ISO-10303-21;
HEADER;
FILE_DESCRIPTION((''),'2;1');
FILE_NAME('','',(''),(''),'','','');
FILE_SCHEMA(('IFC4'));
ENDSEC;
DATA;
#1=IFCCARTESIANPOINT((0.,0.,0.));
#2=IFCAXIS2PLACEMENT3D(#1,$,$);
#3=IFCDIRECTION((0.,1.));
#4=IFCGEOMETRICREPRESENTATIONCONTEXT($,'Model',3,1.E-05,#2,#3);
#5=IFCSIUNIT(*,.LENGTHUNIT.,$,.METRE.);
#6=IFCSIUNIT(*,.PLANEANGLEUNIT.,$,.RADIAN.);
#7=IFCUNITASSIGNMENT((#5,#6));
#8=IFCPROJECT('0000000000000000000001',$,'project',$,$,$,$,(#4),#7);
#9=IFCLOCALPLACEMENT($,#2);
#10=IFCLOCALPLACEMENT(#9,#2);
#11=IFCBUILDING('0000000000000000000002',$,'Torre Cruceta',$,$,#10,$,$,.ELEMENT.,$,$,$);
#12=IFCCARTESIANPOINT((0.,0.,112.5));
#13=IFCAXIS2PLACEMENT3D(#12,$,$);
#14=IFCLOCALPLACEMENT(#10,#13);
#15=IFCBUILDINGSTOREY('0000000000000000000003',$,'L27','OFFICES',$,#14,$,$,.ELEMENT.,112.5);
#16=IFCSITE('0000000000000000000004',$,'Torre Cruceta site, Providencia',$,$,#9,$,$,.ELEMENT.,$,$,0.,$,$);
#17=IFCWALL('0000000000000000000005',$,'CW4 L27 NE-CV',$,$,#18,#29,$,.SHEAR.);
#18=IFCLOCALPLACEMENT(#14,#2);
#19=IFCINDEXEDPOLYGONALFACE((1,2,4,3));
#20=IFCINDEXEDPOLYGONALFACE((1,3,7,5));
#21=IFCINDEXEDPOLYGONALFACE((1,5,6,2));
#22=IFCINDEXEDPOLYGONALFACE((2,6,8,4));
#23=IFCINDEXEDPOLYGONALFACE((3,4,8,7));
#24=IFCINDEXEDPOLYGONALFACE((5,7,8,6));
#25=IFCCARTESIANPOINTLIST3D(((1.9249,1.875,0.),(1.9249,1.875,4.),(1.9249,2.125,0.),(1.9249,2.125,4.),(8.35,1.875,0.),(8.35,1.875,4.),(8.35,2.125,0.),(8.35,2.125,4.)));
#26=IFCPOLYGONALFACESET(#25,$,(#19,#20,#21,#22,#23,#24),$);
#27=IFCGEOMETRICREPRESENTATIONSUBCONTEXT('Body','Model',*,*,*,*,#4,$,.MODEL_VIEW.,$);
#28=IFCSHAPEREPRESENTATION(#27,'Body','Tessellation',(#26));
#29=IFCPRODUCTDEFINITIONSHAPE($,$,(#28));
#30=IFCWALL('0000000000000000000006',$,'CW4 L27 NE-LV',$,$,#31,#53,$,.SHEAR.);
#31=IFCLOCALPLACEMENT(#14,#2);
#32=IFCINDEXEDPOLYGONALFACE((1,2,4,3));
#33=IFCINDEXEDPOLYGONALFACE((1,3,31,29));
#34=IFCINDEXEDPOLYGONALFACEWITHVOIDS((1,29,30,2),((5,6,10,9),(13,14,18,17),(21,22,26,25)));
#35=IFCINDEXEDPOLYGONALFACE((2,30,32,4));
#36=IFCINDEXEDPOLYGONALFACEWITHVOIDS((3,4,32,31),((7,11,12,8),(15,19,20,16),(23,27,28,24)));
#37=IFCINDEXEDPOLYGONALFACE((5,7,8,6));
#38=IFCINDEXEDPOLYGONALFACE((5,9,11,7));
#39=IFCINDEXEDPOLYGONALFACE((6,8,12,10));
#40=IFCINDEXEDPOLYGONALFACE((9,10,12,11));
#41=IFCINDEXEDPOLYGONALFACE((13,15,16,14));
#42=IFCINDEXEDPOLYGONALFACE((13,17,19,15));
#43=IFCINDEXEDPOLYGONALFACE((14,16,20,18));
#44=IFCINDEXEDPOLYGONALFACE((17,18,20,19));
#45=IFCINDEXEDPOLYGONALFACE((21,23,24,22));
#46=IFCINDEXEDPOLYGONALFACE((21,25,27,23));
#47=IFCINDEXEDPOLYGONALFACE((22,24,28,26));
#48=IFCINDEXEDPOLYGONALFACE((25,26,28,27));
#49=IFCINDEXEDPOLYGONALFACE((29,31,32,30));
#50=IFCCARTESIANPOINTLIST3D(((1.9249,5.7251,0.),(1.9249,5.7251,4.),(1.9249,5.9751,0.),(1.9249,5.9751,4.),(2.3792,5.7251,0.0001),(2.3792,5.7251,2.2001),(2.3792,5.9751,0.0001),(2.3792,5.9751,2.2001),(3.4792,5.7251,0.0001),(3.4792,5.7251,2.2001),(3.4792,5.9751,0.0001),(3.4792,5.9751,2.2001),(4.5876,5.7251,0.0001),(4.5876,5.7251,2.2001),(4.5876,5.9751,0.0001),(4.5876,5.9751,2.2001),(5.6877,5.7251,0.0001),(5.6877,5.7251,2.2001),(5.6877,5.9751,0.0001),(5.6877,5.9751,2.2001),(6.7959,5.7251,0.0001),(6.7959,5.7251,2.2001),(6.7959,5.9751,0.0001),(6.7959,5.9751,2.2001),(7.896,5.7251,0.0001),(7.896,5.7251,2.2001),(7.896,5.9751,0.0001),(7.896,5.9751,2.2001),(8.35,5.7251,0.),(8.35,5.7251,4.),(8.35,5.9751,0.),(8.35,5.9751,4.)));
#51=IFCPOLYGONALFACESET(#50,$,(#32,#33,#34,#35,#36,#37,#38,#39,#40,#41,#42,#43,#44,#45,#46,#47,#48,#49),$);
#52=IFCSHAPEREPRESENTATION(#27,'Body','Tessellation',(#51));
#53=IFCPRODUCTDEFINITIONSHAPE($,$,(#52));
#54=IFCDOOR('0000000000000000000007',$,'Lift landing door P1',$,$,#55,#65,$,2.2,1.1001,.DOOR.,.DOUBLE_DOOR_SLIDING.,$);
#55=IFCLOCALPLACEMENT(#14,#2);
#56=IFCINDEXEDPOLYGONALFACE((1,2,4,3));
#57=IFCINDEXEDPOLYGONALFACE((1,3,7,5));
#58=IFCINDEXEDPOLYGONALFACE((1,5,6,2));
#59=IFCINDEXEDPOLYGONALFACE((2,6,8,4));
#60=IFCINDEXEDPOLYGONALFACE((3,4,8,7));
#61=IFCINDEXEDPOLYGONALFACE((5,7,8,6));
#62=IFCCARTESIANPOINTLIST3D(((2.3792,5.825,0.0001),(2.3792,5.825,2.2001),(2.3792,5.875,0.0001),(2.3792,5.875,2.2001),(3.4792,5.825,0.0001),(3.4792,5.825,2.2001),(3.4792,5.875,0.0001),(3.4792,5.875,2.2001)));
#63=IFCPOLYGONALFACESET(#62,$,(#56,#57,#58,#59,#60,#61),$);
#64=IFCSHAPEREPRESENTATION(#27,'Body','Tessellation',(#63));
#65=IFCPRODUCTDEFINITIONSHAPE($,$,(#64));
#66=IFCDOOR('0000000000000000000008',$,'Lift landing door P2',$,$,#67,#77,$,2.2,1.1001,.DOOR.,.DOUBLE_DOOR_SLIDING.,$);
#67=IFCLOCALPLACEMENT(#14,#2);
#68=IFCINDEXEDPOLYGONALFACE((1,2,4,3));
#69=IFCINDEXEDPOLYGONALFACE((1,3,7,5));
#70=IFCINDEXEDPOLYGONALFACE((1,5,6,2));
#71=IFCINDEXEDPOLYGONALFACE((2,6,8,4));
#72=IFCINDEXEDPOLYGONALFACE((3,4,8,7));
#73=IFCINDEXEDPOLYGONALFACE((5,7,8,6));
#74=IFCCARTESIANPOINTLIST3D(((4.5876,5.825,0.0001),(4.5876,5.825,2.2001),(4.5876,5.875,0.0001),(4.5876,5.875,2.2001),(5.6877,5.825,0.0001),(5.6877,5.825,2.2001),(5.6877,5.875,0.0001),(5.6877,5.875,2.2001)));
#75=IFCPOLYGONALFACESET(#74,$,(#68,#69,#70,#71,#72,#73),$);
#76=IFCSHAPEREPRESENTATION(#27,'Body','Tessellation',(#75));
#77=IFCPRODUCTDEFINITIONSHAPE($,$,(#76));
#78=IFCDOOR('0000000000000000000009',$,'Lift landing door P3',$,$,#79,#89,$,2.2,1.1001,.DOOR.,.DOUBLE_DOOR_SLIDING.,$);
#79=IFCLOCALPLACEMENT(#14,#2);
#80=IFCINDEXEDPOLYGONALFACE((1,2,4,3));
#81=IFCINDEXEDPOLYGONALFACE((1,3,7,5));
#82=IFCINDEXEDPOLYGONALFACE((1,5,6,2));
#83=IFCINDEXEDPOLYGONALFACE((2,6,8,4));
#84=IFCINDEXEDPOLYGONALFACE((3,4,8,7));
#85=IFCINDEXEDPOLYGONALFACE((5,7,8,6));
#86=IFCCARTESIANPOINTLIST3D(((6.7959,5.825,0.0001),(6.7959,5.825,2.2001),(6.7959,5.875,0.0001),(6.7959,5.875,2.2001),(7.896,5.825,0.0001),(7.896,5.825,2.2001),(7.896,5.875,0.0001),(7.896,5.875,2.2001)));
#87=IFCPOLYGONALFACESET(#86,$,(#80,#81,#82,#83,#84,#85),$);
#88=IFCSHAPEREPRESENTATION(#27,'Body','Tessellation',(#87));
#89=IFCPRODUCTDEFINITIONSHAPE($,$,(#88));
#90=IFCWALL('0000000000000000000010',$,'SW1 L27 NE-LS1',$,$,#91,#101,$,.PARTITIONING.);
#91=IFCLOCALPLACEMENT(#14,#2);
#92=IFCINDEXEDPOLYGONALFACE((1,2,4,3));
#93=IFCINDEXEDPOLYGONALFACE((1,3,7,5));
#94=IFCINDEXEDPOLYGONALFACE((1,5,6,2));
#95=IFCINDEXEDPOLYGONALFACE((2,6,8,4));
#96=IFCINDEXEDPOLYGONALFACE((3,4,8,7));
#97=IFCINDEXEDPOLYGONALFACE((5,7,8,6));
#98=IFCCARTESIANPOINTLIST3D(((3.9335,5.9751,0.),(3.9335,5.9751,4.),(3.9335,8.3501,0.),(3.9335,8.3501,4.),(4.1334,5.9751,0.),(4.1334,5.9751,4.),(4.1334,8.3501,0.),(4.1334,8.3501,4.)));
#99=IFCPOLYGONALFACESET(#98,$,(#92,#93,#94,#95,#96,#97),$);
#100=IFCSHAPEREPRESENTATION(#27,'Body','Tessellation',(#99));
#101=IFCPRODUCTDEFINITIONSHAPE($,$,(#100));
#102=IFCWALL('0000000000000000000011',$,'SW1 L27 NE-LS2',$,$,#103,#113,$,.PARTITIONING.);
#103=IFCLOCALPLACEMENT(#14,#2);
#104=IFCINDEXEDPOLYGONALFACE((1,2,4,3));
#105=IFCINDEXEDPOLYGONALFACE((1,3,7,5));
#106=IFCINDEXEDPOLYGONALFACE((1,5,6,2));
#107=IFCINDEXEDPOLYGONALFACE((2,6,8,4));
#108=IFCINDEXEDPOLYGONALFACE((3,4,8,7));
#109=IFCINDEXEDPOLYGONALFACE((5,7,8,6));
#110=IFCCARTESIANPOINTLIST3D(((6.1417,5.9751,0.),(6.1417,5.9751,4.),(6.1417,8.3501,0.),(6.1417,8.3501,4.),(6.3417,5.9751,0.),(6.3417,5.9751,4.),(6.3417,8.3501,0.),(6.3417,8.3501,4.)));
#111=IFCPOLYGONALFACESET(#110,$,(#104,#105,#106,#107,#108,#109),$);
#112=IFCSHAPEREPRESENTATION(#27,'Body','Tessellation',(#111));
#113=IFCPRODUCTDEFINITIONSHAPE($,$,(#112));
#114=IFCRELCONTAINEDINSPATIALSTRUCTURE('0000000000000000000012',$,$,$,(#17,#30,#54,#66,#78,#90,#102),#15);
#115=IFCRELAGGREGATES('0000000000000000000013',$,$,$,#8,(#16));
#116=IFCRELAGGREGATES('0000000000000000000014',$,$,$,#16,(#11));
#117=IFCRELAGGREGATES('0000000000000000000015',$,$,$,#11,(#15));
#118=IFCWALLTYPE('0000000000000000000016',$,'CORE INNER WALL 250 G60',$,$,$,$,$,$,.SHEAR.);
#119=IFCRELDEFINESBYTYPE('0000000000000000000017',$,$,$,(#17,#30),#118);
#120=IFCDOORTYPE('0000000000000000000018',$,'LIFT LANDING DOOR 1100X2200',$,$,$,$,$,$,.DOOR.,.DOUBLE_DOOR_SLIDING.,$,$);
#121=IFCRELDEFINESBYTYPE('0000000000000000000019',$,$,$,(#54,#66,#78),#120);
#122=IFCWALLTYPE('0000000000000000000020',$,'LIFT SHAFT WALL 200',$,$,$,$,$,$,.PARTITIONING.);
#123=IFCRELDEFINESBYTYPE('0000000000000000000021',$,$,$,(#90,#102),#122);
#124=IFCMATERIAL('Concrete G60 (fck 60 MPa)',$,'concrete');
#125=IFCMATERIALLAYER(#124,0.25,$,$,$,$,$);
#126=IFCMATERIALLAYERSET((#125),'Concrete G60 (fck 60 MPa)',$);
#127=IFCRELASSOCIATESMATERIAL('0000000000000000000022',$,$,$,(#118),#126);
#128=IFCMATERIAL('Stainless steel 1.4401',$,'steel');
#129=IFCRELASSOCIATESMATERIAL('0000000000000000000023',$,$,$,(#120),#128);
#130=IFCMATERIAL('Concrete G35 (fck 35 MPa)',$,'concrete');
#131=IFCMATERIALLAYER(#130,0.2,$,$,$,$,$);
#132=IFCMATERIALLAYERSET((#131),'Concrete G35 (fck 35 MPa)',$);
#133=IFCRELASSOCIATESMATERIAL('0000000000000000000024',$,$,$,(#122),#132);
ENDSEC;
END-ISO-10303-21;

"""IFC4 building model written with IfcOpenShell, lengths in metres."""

from ifc_helpers import new_model, si_unit, direction, frame, frame_2d, origin, place, context, subcontext, project, spatial, rectangle, extrude, material, layer, layer_set, type_object, element, fill, save


model = new_model("IFC4")

# Units and contexts
model_context = context("Model", 3, precision=1e-05, world=origin(), true_north=direction((0.0, 1.0)))
body_context = subcontext(model_context, "Body", "Model", "MODEL_VIEW")
ifc_project = project(units=[si_unit("LENGTHUNIT", "METRE"), si_unit("PLANEANGLEUNIT", "RADIAN")], contexts=[model_context])

# Site, building, storey
site_placement = place(None, origin())
site = spatial("IfcSite", under=ifc_project, at=site_placement, Name="Torre Cruceta site, Providencia", CompositionType="ELEMENT", RefElevation=0.0)
building_placement = place(site_placement, origin())
building = spatial("IfcBuilding", under=site, at=building_placement, Name="Torre Cruceta", CompositionType="ELEMENT")
storey_placement = place(building_placement, frame((0.0, 0.0, 112.5)))
storey = spatial("IfcBuildingStorey", under=building, at=storey_placement, Name="L27", Description="OFFICES", CompositionType="ELEMENT", Elevation=112.5)

# Wall
ifc_material_1 = material(Name="Concrete G60 (fck 60 MPa)", Category="concrete")
ifc_layer_1 = layer(ifc_material_1, 0.25)
ifc_layer_set_1 = layer_set([ifc_layer_1], Name="Concrete G60 (fck 60 MPa)")
wall_type_1 = type_object("IfcWallType", Name="CORE INNER WALL 250 G60", PredefinedType="SHEAR", material=ifc_layer_set_1)
wall_1_placement = place(storey_placement, frame((1.925, 2.0, 0.0), z_axis=(0.0, 0.0, 1.0), x_axis=(1.0, 0.0, 0.0)))
element("IfcWall", 1, at=wall_1_placement, inside=storey, type_object=wall_type_1, Name="CW4 L27 NE-CV", PredefinedType="SHEAR", context=body_context, shape_type="SweptSolid", body=[
    extrude(rectangle(XDim=6.425, YDim=0.25, at=frame_2d((3.2124, 0.0))), origin(), (0.0, 0.0, 1.0), 4.0),
])

# Wall, openings, doors
wall_2_placement = place(storey_placement, frame((1.925, 5.8501, 0.0), z_axis=(0.0, 0.0, 1.0), x_axis=(1.0, 0.0, 0.0)))
wall_2 = element("IfcWall", 2, at=wall_2_placement, inside=storey, type_object=wall_type_1, Name="CW4 L27 NE-LV", PredefinedType="SHEAR", context=body_context, shape_type="SweptSolid", body=[
    extrude(rectangle(XDim=6.425, YDim=0.25, at=frame_2d((3.2124, 0.0))), origin(), (0.0, 0.0, 1.0), 4.0),
])
opening_1_placement = place(wall_2_placement, frame((0.4541, 0.0, 0.0)))
opening_1 = element("IfcOpeningElement", 3, at=opening_1_placement, cuts=wall_2, PredefinedType="OPENING", context=body_context, shape_type="SweptSolid", body=[
    extrude(rectangle(XDim=1.1001, YDim=2.2, at=frame_2d((0.55, 1.1001))), frame((0.0, 0.135, 0.0), z_axis=(0.0, -1.0, 0.0), x_axis=(1.0, 0.0, 0.0)), (0.0, 0.0, 1.0), 0.27),
])
opening_2_placement = place(wall_2_placement, frame((2.6626, 0.0, 0.0)))
opening_2 = element("IfcOpeningElement", 4, at=opening_2_placement, cuts=wall_2, PredefinedType="OPENING", context=body_context, shape_type="SweptSolid", body=[
    extrude(rectangle(XDim=1.1001, YDim=2.2, at=frame_2d((0.55, 1.1001))), frame((0.0, 0.135, 0.0), z_axis=(0.0, -1.0, 0.0), x_axis=(1.0, 0.0, 0.0)), (0.0, 0.0, 1.0), 0.27),
])
opening_3_placement = place(wall_2_placement, frame((4.8708, 0.0, 0.0)))
opening_3 = element("IfcOpeningElement", 5, at=opening_3_placement, cuts=wall_2, PredefinedType="OPENING", context=body_context, shape_type="SweptSolid", body=[
    extrude(rectangle(XDim=1.1001, YDim=2.2, at=frame_2d((0.55, 1.1001))), frame((0.0, 0.135, 0.0), z_axis=(0.0, -1.0, 0.0), x_axis=(1.0, 0.0, 0.0)), (0.0, 0.0, 1.0), 0.27),
])
ifc_material_2 = material(Name="Stainless steel 1.4401", Category="steel")
door_type_1 = type_object("IfcDoorType", Name="LIFT LANDING DOOR 1100X2200", OperationType="DOUBLE_DOOR_SLIDING", PredefinedType="DOOR", material=ifc_material_2)
door_1_placement = place(opening_1_placement, origin())
door_1 = element("IfcDoor", 6, at=door_1_placement, inside=storey, type_object=door_type_1, Name="Lift landing door P1", OperationType="DOUBLE_DOOR_SLIDING", OverallHeight=2.2, OverallWidth=1.1001, PredefinedType="DOOR", context=body_context, shape_type="SweptSolid", body=[
    extrude(rectangle(XDim=1.1001, YDim=2.2, at=frame_2d((0.55, 1.1001))), frame((0.0, 0.0249, 0.0), z_axis=(0.0, -1.0, 0.0), x_axis=(1.0, 0.0, 0.0)), (0.0, 0.0, 1.0), 0.05),
])
fill(opening_1, door_1)
door_2_placement = place(opening_2_placement, origin())
door_2 = element("IfcDoor", 7, at=door_2_placement, inside=storey, type_object=door_type_1, Name="Lift landing door P2", OperationType="DOUBLE_DOOR_SLIDING", OverallHeight=2.2, OverallWidth=1.1001, PredefinedType="DOOR", context=body_context, shape_type="SweptSolid", body=[
    extrude(rectangle(XDim=1.1001, YDim=2.2, at=frame_2d((0.55, 1.1001))), frame((0.0, 0.0249, 0.0), z_axis=(0.0, -1.0, 0.0), x_axis=(1.0, 0.0, 0.0)), (0.0, 0.0, 1.0), 0.05),
])
fill(opening_2, door_2)
door_3_placement = place(opening_3_placement, origin())
door_3 = element("IfcDoor", 8, at=door_3_placement, inside=storey, type_object=door_type_1, Name="Lift landing door P3", OperationType="DOUBLE_DOOR_SLIDING", OverallHeight=2.2, OverallWidth=1.1001, PredefinedType="DOOR", context=body_context, shape_type="SweptSolid", body=[
    extrude(rectangle(XDim=1.1001, YDim=2.2, at=frame_2d((0.55, 1.1001))), frame((0.0, 0.0249, 0.0), z_axis=(0.0, -1.0, 0.0), x_axis=(1.0, 0.0, 0.0)), (0.0, 0.0, 1.0), 0.05),
])
fill(opening_3, door_3)

# Walls
ifc_material_3 = material(Name="Concrete G35 (fck 35 MPa)", Category="concrete")
ifc_layer_2 = layer(ifc_material_3, 0.2)
ifc_layer_set_2 = layer_set([ifc_layer_2], Name="Concrete G35 (fck 35 MPa)")
wall_type_2 = type_object("IfcWallType", Name="LIFT SHAFT WALL 200", PredefinedType="PARTITIONING", material=ifc_layer_set_2)
for number, where, z_axis, x_axis, name in (
    (9, (4.0334, 5.9751, 0.0), (0.0, 0.0, 1.0), (0.0, 1.0, 0.0), "SW1 L27 NE-LS1"),
    (10, (6.2417, 5.9751, 0.0), (0.0, 0.0, 1.0), (0.0, 1.0, 0.0), "SW1 L27 NE-LS2"),
):
    element("IfcWall", number, at=place(storey_placement, frame(where, z_axis=z_axis, x_axis=x_axis)), inside=storey, type_object=wall_type_2, Name=name, PredefinedType="PARTITIONING", context=body_context, shape_type="SweptSolid", body=[
        extrude(rectangle(XDim=2.375, YDim=0.2, at=frame_2d((1.1875, 0.0))), origin(), (0.0, 0.0, 1.0), 4.0),
    ])

save(model, "model.ifc")
